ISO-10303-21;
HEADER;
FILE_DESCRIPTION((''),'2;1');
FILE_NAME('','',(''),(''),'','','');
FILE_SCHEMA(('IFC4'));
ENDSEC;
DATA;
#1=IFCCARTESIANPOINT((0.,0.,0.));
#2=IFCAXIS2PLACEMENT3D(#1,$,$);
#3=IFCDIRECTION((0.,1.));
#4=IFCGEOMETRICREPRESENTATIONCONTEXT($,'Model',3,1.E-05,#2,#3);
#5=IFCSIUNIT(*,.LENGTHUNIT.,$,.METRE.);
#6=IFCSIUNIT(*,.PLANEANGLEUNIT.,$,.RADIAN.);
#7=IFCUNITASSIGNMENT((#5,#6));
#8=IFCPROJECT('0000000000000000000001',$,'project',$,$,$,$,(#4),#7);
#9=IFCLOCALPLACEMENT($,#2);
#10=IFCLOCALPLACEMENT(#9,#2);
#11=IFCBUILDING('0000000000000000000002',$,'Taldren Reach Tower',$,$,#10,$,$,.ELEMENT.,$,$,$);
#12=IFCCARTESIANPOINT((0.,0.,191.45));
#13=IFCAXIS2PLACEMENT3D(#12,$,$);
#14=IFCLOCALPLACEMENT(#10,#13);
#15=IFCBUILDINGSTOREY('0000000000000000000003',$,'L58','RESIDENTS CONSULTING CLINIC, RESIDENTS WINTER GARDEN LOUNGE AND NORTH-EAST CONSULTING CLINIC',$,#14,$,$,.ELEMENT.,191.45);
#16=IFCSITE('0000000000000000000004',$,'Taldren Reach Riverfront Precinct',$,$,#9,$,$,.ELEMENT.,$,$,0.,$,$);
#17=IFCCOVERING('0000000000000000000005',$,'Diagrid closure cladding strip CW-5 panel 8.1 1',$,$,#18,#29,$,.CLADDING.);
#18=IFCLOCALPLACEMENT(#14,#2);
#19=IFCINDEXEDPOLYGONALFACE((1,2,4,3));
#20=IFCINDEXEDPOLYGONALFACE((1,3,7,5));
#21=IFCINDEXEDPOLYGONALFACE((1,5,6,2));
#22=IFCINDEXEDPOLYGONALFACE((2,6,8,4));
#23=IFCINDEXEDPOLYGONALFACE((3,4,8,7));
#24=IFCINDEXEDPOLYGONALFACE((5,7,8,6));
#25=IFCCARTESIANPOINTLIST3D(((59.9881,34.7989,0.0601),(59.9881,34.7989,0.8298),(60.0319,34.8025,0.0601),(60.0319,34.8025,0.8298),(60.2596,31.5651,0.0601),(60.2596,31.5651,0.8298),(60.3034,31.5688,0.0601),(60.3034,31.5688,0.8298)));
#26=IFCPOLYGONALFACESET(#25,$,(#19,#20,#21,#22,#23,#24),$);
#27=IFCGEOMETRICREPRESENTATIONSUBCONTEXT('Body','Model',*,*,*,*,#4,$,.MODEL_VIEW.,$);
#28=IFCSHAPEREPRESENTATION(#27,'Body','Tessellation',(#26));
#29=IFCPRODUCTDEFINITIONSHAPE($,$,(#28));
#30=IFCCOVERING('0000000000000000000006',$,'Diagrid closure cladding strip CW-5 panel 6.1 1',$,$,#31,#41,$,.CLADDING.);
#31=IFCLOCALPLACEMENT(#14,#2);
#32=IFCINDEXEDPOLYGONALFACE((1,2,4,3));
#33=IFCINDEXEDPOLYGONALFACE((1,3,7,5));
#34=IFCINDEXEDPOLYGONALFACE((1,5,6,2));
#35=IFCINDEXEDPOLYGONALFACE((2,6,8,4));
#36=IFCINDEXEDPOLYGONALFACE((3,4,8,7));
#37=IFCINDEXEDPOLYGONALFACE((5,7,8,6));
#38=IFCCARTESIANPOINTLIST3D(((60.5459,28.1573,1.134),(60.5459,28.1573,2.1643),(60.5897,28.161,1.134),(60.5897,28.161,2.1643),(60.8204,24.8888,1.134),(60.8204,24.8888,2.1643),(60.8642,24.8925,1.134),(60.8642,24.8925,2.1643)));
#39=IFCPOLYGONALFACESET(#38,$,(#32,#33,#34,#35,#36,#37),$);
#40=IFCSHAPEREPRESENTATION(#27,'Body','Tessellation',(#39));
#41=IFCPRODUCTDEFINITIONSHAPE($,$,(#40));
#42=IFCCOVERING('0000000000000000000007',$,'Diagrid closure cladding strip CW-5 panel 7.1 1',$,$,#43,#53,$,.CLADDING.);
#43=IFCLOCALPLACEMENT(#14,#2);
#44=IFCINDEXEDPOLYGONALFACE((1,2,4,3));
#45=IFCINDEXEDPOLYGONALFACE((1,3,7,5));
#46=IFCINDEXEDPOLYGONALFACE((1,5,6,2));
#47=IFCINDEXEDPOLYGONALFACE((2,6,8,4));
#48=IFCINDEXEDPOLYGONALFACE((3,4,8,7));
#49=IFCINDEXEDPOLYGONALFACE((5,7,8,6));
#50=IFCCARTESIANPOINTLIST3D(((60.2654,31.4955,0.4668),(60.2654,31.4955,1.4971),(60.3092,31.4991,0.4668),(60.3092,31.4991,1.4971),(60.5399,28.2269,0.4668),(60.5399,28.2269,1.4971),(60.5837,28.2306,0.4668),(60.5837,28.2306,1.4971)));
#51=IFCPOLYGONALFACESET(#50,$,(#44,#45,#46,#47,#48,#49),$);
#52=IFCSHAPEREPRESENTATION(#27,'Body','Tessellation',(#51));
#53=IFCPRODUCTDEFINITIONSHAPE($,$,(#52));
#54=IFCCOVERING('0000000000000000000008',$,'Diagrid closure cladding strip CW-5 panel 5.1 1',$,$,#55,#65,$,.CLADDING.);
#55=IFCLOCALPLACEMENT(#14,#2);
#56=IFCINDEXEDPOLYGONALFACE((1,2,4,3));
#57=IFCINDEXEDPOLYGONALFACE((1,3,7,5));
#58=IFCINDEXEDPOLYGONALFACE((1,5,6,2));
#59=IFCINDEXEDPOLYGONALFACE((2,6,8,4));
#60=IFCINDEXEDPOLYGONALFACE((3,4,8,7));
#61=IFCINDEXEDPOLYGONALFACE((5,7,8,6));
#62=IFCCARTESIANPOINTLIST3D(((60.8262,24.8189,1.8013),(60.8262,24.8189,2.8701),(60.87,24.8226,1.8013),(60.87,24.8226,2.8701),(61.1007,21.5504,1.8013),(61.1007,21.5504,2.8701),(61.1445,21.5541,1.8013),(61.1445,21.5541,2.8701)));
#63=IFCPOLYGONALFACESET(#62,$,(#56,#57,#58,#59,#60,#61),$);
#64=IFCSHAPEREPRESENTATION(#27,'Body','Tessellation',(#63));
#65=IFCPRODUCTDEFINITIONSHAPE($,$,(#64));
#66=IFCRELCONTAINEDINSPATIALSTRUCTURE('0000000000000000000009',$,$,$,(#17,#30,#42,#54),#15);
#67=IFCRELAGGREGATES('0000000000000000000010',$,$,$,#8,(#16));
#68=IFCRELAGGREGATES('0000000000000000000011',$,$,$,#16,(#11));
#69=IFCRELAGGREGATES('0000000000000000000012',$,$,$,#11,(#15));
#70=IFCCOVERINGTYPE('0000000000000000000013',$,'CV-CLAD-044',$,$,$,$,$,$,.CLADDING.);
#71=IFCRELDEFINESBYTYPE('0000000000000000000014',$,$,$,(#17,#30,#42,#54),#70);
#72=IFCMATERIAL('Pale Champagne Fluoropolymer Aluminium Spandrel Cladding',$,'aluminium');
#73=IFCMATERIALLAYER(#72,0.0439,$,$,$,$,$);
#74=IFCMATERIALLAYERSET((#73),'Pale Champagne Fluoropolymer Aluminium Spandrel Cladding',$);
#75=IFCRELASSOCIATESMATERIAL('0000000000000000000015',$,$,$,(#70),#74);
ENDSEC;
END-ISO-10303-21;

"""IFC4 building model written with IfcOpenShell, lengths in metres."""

from ifc_helpers import new_model, si_unit, direction, frame, origin, origin_2d, place, context, subcontext, project, spatial, rectangle, extrude, source, transform, mapped, material, layer, layer_set, type_object, element, save


model = new_model("IFC4")

# Units and contexts
model_context = context("Model", 3, precision=1e-05, world=origin(), true_north=direction((0.0, 1.0)))
body_context = subcontext(model_context, "Body", "Model", "MODEL_VIEW")
ifc_project = project(units=[si_unit("LENGTHUNIT", "METRE"), si_unit("PLANEANGLEUNIT", "RADIAN")], contexts=[model_context])

# Site, building, storey
site_placement = place(None, origin())
site = spatial("IfcSite", under=ifc_project, at=site_placement, Name="Taldren Reach Riverfront Precinct", CompositionType="ELEMENT", RefElevation=0.0)
building_placement = place(site_placement, origin())
building = spatial("IfcBuilding", under=site, at=building_placement, Name="Taldren Reach Tower", CompositionType="ELEMENT")
storey_placement = place(building_placement, frame((0.0, 0.0, 191.45)))
storey = spatial("IfcBuildingStorey", under=building, at=storey_placement, Name="L58", Description="RESIDENTS CONSULTING CLINIC, RESIDENTS WINTER GARDEN LOUNGE AND NORTH-EAST CONSULTING CLINIC", CompositionType="ELEMENT", Elevation=191.45)

# Coverings
ifc_material_1 = material(Name="Pale Champagne Fluoropolymer Aluminium Spandrel Cladding", Category="aluminium")
ifc_layer_1 = layer(ifc_material_1, 0.0439)
ifc_layer_set_1 = layer_set([ifc_layer_1], Name="Pale Champagne Fluoropolymer Aluminium Spandrel Cladding")
covering_type = type_object("IfcCoveringType", Name="CV-CLAD-044", PredefinedType="CLADDING", material=ifc_layer_set_1)
shared_shape_1 = source(origin(), body_context, "Body", "SweptSolid", [
    extrude(rectangle(XDim=3.2451, YDim=0.0439, at=origin_2d()), origin(), (0.0, 0.0, 1.0), 0.7698),
])
covering_1_placement = place(storey_placement, frame((60.1458, 33.1838, 0.0601), z_axis=(0.0, 0.0, 1.0), x_axis=(-0.083678, 0.996493, 0.0)))
element("IfcCovering", 1, at=covering_1_placement, inside=storey, type_object=covering_type, Name="Diagrid closure cladding strip CW-5 panel 8.1 1", PredefinedType="CLADDING", context=body_context, shape_type="MappedRepresentation", body=[
    mapped(shared_shape_1, transform((0.0, 0.0, 0.0), scale=1.0)),
])
shared_shape_2 = source(origin(), body_context, "Body", "SweptSolid", [
    extrude(rectangle(XDim=3.28, YDim=0.0439, at=origin_2d()), origin(), (0.0, 0.0, 1.0), 1.0303),
])
for number, where, z_axis, x_axis, name in (
    (2, (60.7051, 26.5249, 1.134), (0.0, 0.0, 1.0), (-0.083678, 0.996493, 0.0), "Diagrid closure cladding strip CW-5 panel 6.1 1"),
    (3, (60.4246, 29.863, 0.4668), (0.0, 0.0, 1.0), (-0.083678, 0.996493, 0.0), "Diagrid closure cladding strip CW-5 panel 7.1 1"),
):
    element("IfcCovering", number, at=place(storey_placement, frame(where, z_axis=z_axis, x_axis=x_axis)), inside=storey, type_object=covering_type, Name=name, PredefinedType="CLADDING", context=body_context, shape_type="MappedRepresentation", body=[
        mapped(shared_shape_2, transform((0.0, 0.0, 0.0), scale=1.0)),
    ])
shared_shape_3 = source(origin(), body_context, "Body", "SweptSolid", [
    extrude(rectangle(XDim=3.28, YDim=0.0439, at=origin_2d()), origin(), (0.0, 0.0, 1.0), 1.0688),
])
covering_2_placement = place(storey_placement, frame((60.9854, 23.1865, 1.8013), z_axis=(0.0, 0.0, 1.0), x_axis=(-0.083678, 0.996493, 0.0)))
element("IfcCovering", 4, at=covering_2_placement, inside=storey, type_object=covering_type, Name="Diagrid closure cladding strip CW-5 panel 5.1 1", PredefinedType="CLADDING", context=body_context, shape_type="MappedRepresentation", body=[
    mapped(shared_shape_3, transform((0.0, 0.0, 0.0), scale=1.0)),
])

save(model, "model.ifc")
